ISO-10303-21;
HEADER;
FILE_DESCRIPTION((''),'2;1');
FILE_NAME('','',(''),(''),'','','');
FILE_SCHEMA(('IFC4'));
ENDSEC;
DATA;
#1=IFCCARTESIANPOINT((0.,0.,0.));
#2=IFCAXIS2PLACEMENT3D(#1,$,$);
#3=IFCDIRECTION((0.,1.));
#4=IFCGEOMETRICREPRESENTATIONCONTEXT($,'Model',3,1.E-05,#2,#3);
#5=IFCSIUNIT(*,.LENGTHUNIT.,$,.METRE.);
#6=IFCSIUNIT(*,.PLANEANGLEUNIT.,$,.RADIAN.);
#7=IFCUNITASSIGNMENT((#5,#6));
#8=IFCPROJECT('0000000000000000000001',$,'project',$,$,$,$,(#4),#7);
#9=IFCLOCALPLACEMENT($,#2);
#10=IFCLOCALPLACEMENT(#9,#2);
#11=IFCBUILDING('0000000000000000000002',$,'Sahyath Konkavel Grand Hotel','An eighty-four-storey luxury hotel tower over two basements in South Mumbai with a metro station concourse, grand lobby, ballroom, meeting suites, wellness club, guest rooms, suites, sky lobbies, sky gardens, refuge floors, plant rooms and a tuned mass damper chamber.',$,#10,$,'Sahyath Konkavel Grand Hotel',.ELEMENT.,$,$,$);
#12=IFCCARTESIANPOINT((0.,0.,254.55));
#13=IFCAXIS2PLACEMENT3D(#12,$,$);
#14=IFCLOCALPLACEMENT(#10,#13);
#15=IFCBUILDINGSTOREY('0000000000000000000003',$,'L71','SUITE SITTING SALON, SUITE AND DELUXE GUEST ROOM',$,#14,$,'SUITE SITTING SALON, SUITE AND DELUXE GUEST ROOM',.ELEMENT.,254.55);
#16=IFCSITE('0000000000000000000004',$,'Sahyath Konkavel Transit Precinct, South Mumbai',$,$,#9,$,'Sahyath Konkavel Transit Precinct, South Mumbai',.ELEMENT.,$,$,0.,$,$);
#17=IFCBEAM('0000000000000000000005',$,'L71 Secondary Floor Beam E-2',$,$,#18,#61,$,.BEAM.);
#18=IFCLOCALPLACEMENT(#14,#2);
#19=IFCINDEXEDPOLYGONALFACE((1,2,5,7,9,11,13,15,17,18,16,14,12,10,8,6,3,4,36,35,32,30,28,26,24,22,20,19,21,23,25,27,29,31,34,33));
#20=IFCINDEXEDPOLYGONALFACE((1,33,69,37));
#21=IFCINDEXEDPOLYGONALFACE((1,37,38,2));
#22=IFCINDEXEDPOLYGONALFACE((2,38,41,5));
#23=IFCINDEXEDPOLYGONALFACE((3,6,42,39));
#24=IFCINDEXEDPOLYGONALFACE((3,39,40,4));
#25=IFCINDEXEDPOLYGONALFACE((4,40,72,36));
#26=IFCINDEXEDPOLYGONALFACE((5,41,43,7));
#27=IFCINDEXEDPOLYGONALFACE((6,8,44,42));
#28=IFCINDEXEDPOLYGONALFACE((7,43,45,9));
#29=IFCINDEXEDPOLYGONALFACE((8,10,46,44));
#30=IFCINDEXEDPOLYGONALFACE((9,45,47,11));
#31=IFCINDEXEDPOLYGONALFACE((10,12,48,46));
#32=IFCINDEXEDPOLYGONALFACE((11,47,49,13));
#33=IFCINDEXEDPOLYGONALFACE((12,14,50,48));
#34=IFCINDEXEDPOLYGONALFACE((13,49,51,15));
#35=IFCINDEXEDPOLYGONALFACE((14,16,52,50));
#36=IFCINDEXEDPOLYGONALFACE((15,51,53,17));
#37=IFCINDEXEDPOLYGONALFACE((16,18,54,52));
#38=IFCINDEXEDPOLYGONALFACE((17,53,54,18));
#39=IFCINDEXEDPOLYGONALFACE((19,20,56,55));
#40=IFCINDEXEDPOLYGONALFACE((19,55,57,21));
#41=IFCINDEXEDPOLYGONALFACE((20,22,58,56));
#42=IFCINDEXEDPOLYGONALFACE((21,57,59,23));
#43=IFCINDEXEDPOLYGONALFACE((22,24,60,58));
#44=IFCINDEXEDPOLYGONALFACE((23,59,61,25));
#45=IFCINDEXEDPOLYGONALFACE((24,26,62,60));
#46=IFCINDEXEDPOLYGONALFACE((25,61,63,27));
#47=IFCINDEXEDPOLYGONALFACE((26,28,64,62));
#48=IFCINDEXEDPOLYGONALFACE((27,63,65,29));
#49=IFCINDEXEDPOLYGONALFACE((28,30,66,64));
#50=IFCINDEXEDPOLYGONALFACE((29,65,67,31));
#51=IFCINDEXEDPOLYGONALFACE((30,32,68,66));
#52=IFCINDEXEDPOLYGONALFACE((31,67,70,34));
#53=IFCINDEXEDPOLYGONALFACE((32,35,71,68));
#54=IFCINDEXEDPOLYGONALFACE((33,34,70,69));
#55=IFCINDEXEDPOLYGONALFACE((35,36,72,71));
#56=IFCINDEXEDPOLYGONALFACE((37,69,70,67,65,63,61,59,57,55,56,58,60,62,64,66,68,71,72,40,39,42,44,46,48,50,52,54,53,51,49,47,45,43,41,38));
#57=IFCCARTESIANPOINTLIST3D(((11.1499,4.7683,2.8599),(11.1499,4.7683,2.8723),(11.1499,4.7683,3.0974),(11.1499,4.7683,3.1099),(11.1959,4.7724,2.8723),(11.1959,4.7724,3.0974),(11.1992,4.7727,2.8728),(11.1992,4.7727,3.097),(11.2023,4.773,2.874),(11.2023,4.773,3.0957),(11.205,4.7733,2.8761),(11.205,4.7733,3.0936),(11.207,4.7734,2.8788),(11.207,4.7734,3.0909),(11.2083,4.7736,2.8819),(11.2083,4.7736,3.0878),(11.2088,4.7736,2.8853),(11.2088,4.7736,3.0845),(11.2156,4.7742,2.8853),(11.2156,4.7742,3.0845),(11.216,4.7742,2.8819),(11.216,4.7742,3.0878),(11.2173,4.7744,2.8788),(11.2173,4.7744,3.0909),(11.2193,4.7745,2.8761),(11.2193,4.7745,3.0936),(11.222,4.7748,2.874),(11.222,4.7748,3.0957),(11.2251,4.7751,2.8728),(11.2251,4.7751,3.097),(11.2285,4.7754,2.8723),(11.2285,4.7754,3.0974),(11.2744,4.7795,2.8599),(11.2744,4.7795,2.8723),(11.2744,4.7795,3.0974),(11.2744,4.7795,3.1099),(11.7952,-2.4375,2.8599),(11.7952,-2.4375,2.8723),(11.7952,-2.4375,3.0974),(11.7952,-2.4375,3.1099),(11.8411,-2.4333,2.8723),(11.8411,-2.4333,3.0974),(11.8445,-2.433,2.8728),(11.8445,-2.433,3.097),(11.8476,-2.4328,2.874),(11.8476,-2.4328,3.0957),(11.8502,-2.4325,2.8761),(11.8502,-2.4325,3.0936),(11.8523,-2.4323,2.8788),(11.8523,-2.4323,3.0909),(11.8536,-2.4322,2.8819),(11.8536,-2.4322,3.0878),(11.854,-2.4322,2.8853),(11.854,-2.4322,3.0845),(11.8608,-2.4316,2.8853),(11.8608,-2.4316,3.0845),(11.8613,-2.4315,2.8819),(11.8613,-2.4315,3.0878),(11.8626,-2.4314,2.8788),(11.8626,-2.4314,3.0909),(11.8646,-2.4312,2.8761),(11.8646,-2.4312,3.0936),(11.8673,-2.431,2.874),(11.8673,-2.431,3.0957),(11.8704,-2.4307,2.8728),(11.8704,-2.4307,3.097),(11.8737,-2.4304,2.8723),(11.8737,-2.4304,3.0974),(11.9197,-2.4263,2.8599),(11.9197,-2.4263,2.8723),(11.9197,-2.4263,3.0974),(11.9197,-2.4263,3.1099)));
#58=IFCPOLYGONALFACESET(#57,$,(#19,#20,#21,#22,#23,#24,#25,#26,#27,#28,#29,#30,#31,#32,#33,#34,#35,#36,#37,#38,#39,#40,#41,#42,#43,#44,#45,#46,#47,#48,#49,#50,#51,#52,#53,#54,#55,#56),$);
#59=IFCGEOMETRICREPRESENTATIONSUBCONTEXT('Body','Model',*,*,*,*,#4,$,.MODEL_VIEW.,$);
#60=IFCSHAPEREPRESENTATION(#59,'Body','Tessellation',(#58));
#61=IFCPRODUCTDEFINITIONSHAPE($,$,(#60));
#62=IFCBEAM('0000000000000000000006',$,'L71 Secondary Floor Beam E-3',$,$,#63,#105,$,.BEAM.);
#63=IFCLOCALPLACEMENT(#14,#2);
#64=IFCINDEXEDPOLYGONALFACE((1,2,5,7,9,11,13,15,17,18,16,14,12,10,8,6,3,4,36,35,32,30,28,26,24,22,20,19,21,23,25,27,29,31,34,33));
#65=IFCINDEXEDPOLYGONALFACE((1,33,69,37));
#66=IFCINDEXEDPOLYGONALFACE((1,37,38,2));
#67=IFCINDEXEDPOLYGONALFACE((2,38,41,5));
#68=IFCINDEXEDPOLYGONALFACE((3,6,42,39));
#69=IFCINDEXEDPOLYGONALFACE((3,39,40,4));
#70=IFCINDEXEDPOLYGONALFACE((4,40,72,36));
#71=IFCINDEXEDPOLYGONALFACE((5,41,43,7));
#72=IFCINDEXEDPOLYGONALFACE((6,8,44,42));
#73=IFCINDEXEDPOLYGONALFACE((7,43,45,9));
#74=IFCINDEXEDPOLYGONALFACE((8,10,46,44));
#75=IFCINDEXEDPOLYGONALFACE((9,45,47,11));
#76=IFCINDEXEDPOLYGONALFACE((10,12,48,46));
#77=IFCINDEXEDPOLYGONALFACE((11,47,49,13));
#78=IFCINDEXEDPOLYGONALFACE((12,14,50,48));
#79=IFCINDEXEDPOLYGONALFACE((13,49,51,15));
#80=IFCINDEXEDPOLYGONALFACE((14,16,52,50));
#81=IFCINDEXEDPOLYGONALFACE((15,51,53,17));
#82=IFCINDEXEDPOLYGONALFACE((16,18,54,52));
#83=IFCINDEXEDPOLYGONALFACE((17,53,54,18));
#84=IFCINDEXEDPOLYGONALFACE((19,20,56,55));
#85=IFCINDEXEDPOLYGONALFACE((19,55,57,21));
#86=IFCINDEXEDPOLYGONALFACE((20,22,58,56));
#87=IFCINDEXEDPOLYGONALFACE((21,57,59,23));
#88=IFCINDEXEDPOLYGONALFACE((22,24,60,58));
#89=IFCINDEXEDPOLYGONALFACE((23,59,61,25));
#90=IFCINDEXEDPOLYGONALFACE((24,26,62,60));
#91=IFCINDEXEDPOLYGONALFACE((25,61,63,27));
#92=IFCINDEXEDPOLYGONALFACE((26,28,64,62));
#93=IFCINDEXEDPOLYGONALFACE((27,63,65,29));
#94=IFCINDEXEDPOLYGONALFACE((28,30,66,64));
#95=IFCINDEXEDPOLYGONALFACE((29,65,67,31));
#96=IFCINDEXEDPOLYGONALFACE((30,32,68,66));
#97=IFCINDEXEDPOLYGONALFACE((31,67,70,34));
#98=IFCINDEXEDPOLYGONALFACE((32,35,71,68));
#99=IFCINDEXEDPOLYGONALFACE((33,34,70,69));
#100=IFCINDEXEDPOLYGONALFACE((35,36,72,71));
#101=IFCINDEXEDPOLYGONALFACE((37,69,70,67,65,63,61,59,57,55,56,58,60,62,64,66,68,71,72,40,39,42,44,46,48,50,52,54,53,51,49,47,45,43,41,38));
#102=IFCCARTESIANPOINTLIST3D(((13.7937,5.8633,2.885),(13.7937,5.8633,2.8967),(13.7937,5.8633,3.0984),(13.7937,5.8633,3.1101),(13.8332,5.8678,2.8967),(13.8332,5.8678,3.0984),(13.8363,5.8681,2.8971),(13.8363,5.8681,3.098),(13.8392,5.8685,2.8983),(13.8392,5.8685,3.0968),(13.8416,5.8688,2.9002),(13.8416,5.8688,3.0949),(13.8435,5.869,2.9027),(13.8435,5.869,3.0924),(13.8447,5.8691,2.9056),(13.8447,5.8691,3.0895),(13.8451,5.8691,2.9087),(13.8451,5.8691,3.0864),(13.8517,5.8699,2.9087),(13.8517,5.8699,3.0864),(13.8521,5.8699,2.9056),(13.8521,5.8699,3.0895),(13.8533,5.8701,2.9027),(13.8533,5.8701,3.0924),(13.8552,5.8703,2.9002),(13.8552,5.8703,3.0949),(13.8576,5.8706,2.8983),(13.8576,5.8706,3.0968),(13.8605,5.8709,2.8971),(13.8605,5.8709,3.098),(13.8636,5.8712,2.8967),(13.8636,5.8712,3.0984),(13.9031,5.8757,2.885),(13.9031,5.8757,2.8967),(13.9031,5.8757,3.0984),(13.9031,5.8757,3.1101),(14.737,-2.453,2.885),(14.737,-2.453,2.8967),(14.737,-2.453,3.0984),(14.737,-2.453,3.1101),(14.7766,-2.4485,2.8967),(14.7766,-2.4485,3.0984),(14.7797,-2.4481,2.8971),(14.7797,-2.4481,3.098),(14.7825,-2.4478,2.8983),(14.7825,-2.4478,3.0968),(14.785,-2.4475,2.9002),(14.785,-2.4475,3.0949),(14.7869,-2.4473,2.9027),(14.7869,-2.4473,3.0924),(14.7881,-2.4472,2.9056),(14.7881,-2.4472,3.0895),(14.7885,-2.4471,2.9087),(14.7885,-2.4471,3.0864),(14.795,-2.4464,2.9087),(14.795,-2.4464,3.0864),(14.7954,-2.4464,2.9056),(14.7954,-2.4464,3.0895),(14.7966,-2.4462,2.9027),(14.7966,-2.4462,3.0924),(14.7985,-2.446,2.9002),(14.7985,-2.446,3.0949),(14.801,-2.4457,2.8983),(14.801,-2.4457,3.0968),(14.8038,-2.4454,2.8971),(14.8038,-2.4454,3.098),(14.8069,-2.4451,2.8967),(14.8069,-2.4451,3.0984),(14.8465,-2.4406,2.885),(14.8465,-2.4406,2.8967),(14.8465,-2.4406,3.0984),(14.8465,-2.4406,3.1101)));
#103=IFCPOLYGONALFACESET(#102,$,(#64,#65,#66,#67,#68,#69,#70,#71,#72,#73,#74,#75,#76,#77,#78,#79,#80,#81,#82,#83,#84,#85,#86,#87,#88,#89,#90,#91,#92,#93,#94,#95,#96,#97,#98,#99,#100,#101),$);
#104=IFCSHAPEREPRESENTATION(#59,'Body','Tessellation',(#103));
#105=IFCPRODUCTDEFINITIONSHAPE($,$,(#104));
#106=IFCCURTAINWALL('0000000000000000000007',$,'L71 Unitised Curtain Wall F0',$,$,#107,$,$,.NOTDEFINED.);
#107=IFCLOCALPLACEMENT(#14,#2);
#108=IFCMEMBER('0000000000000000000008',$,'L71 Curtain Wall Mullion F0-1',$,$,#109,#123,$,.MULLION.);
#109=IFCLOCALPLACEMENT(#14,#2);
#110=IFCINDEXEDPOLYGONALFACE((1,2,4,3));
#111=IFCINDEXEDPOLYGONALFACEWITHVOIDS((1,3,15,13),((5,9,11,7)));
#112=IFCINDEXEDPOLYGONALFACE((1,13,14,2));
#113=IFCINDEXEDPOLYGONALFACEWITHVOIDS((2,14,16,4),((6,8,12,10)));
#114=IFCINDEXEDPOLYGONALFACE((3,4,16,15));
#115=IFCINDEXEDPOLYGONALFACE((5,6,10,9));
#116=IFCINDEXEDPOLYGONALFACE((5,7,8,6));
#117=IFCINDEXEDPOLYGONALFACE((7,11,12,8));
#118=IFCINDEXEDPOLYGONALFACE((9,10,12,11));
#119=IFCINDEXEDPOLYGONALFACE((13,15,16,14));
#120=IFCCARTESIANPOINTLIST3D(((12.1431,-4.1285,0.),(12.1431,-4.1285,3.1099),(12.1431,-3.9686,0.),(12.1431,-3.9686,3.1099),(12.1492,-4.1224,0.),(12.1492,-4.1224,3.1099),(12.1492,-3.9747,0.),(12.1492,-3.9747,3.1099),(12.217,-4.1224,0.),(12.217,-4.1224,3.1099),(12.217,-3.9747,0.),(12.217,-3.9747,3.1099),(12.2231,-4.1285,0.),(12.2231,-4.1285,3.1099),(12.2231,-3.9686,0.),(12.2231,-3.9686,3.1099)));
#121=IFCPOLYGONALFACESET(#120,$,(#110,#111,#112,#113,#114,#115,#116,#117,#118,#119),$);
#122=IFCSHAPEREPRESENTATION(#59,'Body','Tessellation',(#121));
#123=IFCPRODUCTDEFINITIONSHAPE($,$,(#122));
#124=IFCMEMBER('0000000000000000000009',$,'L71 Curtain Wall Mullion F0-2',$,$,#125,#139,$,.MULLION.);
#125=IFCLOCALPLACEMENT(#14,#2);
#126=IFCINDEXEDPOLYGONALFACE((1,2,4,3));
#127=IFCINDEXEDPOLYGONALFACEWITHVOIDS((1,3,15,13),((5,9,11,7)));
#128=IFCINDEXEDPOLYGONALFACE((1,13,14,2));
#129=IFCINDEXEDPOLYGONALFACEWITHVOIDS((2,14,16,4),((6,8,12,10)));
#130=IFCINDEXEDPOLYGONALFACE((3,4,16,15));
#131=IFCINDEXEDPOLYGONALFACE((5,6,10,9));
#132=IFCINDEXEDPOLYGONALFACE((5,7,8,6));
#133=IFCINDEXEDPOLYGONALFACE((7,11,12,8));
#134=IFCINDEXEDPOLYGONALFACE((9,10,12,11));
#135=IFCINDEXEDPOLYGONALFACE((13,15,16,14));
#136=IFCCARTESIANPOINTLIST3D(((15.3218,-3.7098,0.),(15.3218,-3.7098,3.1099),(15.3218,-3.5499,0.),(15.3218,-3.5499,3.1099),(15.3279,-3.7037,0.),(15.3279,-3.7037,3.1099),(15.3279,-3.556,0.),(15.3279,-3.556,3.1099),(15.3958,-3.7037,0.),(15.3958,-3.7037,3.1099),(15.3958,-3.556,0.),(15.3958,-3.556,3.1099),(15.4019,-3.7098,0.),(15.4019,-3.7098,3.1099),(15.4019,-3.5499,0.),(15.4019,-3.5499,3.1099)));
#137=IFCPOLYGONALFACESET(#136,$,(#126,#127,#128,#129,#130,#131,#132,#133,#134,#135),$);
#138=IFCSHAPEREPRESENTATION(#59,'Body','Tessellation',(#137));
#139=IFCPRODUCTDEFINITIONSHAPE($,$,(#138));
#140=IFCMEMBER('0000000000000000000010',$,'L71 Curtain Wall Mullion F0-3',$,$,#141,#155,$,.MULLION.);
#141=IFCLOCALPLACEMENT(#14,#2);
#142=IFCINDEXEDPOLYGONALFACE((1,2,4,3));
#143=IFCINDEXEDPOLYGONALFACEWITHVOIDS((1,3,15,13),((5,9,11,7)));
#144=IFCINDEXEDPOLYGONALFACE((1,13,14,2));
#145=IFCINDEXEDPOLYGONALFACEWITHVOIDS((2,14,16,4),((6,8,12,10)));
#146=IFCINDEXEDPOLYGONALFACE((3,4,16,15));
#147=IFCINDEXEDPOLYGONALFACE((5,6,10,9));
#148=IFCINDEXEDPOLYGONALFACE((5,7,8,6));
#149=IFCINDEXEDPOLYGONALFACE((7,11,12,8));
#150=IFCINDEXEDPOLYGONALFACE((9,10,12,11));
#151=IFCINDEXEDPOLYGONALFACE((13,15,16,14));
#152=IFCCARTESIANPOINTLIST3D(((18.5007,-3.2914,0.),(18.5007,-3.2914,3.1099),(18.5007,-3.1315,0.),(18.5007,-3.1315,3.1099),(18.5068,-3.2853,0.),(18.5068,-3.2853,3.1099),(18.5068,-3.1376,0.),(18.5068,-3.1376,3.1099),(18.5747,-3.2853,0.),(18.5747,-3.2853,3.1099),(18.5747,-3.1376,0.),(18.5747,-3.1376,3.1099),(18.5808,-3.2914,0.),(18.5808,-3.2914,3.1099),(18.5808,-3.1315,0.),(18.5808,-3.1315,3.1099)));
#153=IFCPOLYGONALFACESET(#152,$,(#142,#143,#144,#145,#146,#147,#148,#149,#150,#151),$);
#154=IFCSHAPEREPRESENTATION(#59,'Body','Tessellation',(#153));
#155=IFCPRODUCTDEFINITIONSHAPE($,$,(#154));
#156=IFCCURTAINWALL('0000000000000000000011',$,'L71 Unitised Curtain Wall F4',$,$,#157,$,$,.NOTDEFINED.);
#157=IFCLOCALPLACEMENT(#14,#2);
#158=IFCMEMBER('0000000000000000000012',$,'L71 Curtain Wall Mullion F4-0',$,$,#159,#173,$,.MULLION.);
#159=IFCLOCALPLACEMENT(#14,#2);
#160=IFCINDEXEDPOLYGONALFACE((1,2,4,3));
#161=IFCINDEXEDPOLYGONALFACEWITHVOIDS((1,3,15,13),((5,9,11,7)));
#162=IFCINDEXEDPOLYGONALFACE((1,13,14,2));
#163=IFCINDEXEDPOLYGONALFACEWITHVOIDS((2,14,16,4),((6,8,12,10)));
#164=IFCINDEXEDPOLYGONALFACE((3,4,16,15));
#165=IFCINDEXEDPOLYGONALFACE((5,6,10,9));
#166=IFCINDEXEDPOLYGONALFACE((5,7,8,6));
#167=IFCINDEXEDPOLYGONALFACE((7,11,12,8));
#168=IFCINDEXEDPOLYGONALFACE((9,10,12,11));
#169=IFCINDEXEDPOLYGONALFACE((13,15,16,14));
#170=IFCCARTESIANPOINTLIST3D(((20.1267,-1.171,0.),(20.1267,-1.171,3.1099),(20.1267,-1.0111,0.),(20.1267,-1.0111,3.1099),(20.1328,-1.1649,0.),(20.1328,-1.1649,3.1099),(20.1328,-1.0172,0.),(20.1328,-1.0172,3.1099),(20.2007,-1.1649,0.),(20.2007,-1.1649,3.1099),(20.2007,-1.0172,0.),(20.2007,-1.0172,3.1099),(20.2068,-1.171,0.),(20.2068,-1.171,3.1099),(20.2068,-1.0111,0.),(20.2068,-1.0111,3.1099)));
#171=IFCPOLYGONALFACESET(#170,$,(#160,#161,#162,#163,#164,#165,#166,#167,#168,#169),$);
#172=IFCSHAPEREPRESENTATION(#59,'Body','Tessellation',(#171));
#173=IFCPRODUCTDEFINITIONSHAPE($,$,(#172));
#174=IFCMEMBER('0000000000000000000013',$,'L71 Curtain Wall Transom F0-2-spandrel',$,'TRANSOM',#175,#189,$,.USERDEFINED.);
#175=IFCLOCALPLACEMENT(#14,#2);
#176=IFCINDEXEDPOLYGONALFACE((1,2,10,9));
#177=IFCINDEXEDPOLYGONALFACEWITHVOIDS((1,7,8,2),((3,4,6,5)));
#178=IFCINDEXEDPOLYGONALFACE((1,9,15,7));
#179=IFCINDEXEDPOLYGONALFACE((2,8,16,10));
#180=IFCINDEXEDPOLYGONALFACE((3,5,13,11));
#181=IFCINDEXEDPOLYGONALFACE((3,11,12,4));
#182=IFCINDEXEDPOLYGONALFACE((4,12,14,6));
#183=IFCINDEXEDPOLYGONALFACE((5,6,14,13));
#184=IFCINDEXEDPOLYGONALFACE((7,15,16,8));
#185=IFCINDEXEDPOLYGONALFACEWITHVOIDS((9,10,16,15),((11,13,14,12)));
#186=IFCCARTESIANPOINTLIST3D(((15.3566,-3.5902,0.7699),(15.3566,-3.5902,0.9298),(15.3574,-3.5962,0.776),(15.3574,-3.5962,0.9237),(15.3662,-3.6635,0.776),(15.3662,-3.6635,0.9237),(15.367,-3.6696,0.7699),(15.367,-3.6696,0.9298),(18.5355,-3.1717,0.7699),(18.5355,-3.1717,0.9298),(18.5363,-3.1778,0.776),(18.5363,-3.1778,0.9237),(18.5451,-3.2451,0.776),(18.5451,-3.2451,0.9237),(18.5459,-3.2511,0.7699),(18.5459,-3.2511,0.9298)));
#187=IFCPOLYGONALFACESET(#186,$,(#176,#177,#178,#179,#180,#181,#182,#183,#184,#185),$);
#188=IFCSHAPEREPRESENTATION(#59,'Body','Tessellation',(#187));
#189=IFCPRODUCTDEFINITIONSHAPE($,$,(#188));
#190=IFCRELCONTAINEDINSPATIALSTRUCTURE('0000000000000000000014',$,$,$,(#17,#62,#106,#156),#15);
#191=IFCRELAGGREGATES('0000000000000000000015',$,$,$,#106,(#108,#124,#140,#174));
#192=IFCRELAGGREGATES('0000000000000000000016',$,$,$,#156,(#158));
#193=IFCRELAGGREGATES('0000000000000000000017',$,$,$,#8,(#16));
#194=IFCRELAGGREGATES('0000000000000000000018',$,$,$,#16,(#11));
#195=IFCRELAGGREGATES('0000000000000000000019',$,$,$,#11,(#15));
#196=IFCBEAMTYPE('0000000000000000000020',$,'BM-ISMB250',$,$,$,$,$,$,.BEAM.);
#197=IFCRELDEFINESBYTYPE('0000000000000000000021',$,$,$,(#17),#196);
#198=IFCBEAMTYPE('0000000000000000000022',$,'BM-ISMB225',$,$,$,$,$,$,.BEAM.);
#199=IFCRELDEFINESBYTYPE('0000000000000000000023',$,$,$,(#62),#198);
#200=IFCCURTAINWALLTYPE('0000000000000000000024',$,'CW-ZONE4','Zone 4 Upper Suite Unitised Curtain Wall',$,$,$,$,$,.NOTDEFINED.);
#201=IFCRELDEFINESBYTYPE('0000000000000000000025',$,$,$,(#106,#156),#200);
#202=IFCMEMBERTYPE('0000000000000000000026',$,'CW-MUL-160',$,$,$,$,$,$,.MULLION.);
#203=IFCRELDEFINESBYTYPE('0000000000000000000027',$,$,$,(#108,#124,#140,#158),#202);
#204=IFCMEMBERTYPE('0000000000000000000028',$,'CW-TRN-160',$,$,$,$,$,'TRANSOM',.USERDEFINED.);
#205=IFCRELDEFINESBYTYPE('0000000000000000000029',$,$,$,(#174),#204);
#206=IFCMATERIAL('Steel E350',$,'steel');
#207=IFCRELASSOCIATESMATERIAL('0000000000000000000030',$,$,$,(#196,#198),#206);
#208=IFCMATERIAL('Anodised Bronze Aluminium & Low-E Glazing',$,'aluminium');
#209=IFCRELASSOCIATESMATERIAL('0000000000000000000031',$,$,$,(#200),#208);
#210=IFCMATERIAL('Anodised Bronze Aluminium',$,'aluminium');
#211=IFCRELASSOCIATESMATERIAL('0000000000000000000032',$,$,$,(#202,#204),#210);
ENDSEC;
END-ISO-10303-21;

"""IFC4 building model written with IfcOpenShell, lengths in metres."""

from ifc_helpers import new_model, si_unit, direction, frame, origin, origin_2d, place, context, subcontext, project, spatial, hollow_rectangle, i_section, extrude, source, transform, mapped, material, material_profile, profile_set, type_object, element, aggregate, save


model = new_model("IFC4")

# Units and contexts
model_context = context("Model", 3, precision=1e-05, world=origin(), true_north=direction((0.0, 1.0)))
body_context = subcontext(model_context, "Body", "Model", "MODEL_VIEW")
ifc_project = project(units=[si_unit("LENGTHUNIT", "METRE"), si_unit("PLANEANGLEUNIT", "RADIAN")], contexts=[model_context])

# Site, building, storey
site_placement = place(None, origin())
site = spatial("IfcSite", under=ifc_project, at=site_placement, Name="Sahyath Konkavel Transit Precinct, South Mumbai", LongName="Sahyath Konkavel Transit Precinct, South Mumbai", CompositionType="ELEMENT", RefElevation=0.0)
building_placement = place(site_placement, origin())
building = spatial("IfcBuilding", under=site, at=building_placement, Name="Sahyath Konkavel Grand Hotel", Description="An eighty-four-storey luxury hotel tower over two basements in South Mumbai with a metro station concourse, grand lobby, ballroom, meeting suites, wellness club, guest rooms, suites, sky lobbies, sky gardens, refuge floors, plant rooms and a tuned mass damper chamber.", LongName="Sahyath Konkavel Grand Hotel", CompositionType="ELEMENT")
storey_placement = place(building_placement, frame((0.0, 0.0, 254.55)))
storey = spatial("IfcBuildingStorey", under=building, at=storey_placement, Name="L71", Description="SUITE SITTING SALON, SUITE AND DELUXE GUEST ROOM", LongName="SUITE SITTING SALON, SUITE AND DELUXE GUEST ROOM", CompositionType="ELEMENT", Elevation=254.55)

# Beams
ifc_material_1 = material(Name="Steel E350", Category="steel")
ifc_material_profile_1 = material_profile(ifc_material_1, i_section(OverallWidth=0.125, OverallDepth=0.25, WebThickness=0.0068, FlangeThickness=0.0125, FilletRadius=0.0129, at=origin_2d()), Name="ISMB 250")
ifc_profile_set_1 = profile_set([ifc_material_profile_1], Name="Steel E350")
beam_type_1 = type_object("IfcBeamType", Name="BM-ISMB250", PredefinedType="BEAM", material=ifc_profile_set_1)
shared_shape_1 = source(origin(), body_context, "Body", "SweptSolid", [
    extrude(i_section(OverallWidth=0.125, OverallDepth=0.25, WebThickness=0.0068, FlangeThickness=0.0125, FilletRadius=0.0129, at=origin_2d()), origin(), (0.0, 0.0, 1.0), 7.2346),
])
beam_1_placement = place(storey_placement, frame((11.8574, -2.4319, 2.9849), z_axis=(-0.089191, 0.996015, 0.0), x_axis=(-0.996015, -0.089191, 0.0)))
element("IfcBeam", 1, at=beam_1_placement, inside=storey, type_object=beam_type_1, Name="L71 Secondary Floor Beam E-2", PredefinedType="BEAM", context=body_context, shape_type="MappedRepresentation", body=[
    mapped(shared_shape_1, transform((0.0, 0.0, 0.0), scale=1.0)),
])
ifc_material_profile_2 = material_profile(ifc_material_1, i_section(OverallWidth=0.1101, OverallDepth=0.2251, WebThickness=0.0066, FlangeThickness=0.0117, FilletRadius=0.012, at=origin_2d()), Name="ISMB 225")
ifc_profile_set_2 = profile_set([ifc_material_profile_2], Name="Steel E350")
beam_type_2 = type_object("IfcBeamType", Name="BM-ISMB225", PredefinedType="BEAM", material=ifc_profile_set_2)
shared_shape_2 = source(origin(), body_context, "Body", "SweptSolid", [
    extrude(i_section(OverallWidth=0.1101, OverallDepth=0.2251, WebThickness=0.0066, FlangeThickness=0.0117, FilletRadius=0.012, at=origin_2d()), origin(), (0.0, 0.0, 1.0), 8.3696),
])
beam_2_placement = place(storey_placement, frame((14.7917, -2.4468, 2.9976), z_axis=(-0.112711, 0.993628, 0.0), x_axis=(-0.993628, -0.112711, 0.0)))
element("IfcBeam", 2, at=beam_2_placement, inside=storey, type_object=beam_type_2, Name="L71 Secondary Floor Beam E-3", PredefinedType="BEAM", context=body_context, shape_type="MappedRepresentation", body=[
    mapped(shared_shape_2, transform((0.0, 0.0, 0.0), scale=1.0)),
])

# Curtain wall, members
ifc_material_2 = material(Name="Anodised Bronze Aluminium & Low-E Glazing", Category="aluminium")
curtain_wall_type = type_object("IfcCurtainWallType", Name="CW-ZONE4", Description="Zone 4 Upper Suite Unitised Curtain Wall", PredefinedType="NOTDEFINED", material=ifc_material_2)
curtain_wall_1_placement = place(storey_placement, origin())
curtain_wall_1 = element("IfcCurtainWall", 3, at=curtain_wall_1_placement, inside=storey, type_object=curtain_wall_type, Name="L71 Unitised Curtain Wall F0", PredefinedType="NOTDEFINED")
ifc_material_3 = material(Name="Anodised Bronze Aluminium", Category="aluminium")
ifc_material_profile_3 = material_profile(ifc_material_3, hollow_rectangle(XDim=0.0801, YDim=0.1599, WallThickness=0.0061, at=origin_2d()), Name="RHS 160x80x6")
ifc_profile_set_3 = profile_set([ifc_material_profile_3], Name="Anodised Bronze Aluminium")
member_type_1 = type_object("IfcMemberType", Name="CW-MUL-160", PredefinedType="MULLION", material=ifc_profile_set_3)
shared_shape_3 = source(origin(), body_context, "Body", "SweptSolid", [
    extrude(hollow_rectangle(XDim=0.0801, YDim=0.1599, WallThickness=0.0061, at=origin_2d()), origin(), (0.0, 0.0, 1.0), 3.1099),
])
member_1_placement = place(storey_placement, frame((12.1831, -4.0486, 0.0), z_axis=(0.0, 0.0, 1.0), x_axis=(1.0, 0.0, 0.0)))
member_1 = element("IfcMember", 4, at=member_1_placement, type_object=member_type_1, Name="L71 Curtain Wall Mullion F0-1", PredefinedType="MULLION", context=body_context, shape_type="MappedRepresentation", body=[
    mapped(shared_shape_3, transform((0.0, 0.0, 0.0), scale=1.0)),
])
member_2_placement = place(storey_placement, frame((15.3618, -3.6299, 0.0), z_axis=(0.0, 0.0, 1.0), x_axis=(1.0, 0.0, 0.0)))
member_2 = element("IfcMember", 5, at=member_2_placement, type_object=member_type_1, Name="L71 Curtain Wall Mullion F0-2", PredefinedType="MULLION", context=body_context, shape_type="MappedRepresentation", body=[
    mapped(shared_shape_3, transform((0.0, 0.0, 0.0), scale=1.0)),
])
member_3_placement = place(storey_placement, frame((18.5408, -3.2114, 0.0), z_axis=(0.0, 0.0, 1.0), x_axis=(1.0, 0.0, 0.0)))
member_3 = element("IfcMember", 6, at=member_3_placement, type_object=member_type_1, Name="L71 Curtain Wall Mullion F0-3", PredefinedType="MULLION", context=body_context, shape_type="MappedRepresentation", body=[
    mapped(shared_shape_3, transform((0.0, 0.0, 0.0), scale=1.0)),
])

# Curtain wall, member
curtain_wall_2_placement = place(storey_placement, origin())
curtain_wall_2 = element("IfcCurtainWall", 7, at=curtain_wall_2_placement, inside=storey, type_object=curtain_wall_type, Name="L71 Unitised Curtain Wall F4", PredefinedType="NOTDEFINED")
member_4_placement = place(storey_placement, frame((20.1667, -1.0911, 0.0), z_axis=(0.0, 0.0, 1.0), x_axis=(1.0, 0.0, 0.0)))
member_4 = element("IfcMember", 8, at=member_4_placement, type_object=member_type_1, Name="L71 Curtain Wall Mullion F4-0", PredefinedType="MULLION", context=body_context, shape_type="MappedRepresentation", body=[
    mapped(shared_shape_3, transform((0.0, 0.0, 0.0), scale=1.0)),
])

# Member
ifc_material_profile_4 = material_profile(ifc_material_3, hollow_rectangle(XDim=0.0801, YDim=0.1599, WallThickness=0.0061, at=origin_2d()), Name="RHS 160x80x6")
ifc_profile_set_4 = profile_set([ifc_material_profile_4], Name="Anodised Bronze Aluminium")
member_type_2 = type_object("IfcMemberType", Name="CW-TRN-160", ElementType="TRANSOM", PredefinedType="USERDEFINED", material=ifc_profile_set_4)
shared_shape_4 = source(origin(), body_context, "Body", "SweptSolid", [
    extrude(hollow_rectangle(XDim=0.0801, YDim=0.1599, WallThickness=0.0061, at=origin_2d()), origin(), (0.0, 0.0, 1.0), 3.2063),
])
member_5_placement = place(storey_placement, frame((15.3618, -3.6299, 0.8499), z_axis=(0.991447, 0.130508, 0.0), x_axis=(-0.130508, 0.991447, 0.0)))
member_5 = element("IfcMember", 9, at=member_5_placement, type_object=member_type_2, Name="L71 Curtain Wall Transom F0-2-spandrel", ObjectType="TRANSOM", PredefinedType="USERDEFINED", context=body_context, shape_type="MappedRepresentation", body=[
    mapped(shared_shape_4, transform((0.0, 0.0, 0.0), scale=1.0)),
])

aggregate(curtain_wall_1, [member_1, member_2, member_3, member_5])
aggregate(curtain_wall_2, [member_4])

save(model, "model.ifc")
